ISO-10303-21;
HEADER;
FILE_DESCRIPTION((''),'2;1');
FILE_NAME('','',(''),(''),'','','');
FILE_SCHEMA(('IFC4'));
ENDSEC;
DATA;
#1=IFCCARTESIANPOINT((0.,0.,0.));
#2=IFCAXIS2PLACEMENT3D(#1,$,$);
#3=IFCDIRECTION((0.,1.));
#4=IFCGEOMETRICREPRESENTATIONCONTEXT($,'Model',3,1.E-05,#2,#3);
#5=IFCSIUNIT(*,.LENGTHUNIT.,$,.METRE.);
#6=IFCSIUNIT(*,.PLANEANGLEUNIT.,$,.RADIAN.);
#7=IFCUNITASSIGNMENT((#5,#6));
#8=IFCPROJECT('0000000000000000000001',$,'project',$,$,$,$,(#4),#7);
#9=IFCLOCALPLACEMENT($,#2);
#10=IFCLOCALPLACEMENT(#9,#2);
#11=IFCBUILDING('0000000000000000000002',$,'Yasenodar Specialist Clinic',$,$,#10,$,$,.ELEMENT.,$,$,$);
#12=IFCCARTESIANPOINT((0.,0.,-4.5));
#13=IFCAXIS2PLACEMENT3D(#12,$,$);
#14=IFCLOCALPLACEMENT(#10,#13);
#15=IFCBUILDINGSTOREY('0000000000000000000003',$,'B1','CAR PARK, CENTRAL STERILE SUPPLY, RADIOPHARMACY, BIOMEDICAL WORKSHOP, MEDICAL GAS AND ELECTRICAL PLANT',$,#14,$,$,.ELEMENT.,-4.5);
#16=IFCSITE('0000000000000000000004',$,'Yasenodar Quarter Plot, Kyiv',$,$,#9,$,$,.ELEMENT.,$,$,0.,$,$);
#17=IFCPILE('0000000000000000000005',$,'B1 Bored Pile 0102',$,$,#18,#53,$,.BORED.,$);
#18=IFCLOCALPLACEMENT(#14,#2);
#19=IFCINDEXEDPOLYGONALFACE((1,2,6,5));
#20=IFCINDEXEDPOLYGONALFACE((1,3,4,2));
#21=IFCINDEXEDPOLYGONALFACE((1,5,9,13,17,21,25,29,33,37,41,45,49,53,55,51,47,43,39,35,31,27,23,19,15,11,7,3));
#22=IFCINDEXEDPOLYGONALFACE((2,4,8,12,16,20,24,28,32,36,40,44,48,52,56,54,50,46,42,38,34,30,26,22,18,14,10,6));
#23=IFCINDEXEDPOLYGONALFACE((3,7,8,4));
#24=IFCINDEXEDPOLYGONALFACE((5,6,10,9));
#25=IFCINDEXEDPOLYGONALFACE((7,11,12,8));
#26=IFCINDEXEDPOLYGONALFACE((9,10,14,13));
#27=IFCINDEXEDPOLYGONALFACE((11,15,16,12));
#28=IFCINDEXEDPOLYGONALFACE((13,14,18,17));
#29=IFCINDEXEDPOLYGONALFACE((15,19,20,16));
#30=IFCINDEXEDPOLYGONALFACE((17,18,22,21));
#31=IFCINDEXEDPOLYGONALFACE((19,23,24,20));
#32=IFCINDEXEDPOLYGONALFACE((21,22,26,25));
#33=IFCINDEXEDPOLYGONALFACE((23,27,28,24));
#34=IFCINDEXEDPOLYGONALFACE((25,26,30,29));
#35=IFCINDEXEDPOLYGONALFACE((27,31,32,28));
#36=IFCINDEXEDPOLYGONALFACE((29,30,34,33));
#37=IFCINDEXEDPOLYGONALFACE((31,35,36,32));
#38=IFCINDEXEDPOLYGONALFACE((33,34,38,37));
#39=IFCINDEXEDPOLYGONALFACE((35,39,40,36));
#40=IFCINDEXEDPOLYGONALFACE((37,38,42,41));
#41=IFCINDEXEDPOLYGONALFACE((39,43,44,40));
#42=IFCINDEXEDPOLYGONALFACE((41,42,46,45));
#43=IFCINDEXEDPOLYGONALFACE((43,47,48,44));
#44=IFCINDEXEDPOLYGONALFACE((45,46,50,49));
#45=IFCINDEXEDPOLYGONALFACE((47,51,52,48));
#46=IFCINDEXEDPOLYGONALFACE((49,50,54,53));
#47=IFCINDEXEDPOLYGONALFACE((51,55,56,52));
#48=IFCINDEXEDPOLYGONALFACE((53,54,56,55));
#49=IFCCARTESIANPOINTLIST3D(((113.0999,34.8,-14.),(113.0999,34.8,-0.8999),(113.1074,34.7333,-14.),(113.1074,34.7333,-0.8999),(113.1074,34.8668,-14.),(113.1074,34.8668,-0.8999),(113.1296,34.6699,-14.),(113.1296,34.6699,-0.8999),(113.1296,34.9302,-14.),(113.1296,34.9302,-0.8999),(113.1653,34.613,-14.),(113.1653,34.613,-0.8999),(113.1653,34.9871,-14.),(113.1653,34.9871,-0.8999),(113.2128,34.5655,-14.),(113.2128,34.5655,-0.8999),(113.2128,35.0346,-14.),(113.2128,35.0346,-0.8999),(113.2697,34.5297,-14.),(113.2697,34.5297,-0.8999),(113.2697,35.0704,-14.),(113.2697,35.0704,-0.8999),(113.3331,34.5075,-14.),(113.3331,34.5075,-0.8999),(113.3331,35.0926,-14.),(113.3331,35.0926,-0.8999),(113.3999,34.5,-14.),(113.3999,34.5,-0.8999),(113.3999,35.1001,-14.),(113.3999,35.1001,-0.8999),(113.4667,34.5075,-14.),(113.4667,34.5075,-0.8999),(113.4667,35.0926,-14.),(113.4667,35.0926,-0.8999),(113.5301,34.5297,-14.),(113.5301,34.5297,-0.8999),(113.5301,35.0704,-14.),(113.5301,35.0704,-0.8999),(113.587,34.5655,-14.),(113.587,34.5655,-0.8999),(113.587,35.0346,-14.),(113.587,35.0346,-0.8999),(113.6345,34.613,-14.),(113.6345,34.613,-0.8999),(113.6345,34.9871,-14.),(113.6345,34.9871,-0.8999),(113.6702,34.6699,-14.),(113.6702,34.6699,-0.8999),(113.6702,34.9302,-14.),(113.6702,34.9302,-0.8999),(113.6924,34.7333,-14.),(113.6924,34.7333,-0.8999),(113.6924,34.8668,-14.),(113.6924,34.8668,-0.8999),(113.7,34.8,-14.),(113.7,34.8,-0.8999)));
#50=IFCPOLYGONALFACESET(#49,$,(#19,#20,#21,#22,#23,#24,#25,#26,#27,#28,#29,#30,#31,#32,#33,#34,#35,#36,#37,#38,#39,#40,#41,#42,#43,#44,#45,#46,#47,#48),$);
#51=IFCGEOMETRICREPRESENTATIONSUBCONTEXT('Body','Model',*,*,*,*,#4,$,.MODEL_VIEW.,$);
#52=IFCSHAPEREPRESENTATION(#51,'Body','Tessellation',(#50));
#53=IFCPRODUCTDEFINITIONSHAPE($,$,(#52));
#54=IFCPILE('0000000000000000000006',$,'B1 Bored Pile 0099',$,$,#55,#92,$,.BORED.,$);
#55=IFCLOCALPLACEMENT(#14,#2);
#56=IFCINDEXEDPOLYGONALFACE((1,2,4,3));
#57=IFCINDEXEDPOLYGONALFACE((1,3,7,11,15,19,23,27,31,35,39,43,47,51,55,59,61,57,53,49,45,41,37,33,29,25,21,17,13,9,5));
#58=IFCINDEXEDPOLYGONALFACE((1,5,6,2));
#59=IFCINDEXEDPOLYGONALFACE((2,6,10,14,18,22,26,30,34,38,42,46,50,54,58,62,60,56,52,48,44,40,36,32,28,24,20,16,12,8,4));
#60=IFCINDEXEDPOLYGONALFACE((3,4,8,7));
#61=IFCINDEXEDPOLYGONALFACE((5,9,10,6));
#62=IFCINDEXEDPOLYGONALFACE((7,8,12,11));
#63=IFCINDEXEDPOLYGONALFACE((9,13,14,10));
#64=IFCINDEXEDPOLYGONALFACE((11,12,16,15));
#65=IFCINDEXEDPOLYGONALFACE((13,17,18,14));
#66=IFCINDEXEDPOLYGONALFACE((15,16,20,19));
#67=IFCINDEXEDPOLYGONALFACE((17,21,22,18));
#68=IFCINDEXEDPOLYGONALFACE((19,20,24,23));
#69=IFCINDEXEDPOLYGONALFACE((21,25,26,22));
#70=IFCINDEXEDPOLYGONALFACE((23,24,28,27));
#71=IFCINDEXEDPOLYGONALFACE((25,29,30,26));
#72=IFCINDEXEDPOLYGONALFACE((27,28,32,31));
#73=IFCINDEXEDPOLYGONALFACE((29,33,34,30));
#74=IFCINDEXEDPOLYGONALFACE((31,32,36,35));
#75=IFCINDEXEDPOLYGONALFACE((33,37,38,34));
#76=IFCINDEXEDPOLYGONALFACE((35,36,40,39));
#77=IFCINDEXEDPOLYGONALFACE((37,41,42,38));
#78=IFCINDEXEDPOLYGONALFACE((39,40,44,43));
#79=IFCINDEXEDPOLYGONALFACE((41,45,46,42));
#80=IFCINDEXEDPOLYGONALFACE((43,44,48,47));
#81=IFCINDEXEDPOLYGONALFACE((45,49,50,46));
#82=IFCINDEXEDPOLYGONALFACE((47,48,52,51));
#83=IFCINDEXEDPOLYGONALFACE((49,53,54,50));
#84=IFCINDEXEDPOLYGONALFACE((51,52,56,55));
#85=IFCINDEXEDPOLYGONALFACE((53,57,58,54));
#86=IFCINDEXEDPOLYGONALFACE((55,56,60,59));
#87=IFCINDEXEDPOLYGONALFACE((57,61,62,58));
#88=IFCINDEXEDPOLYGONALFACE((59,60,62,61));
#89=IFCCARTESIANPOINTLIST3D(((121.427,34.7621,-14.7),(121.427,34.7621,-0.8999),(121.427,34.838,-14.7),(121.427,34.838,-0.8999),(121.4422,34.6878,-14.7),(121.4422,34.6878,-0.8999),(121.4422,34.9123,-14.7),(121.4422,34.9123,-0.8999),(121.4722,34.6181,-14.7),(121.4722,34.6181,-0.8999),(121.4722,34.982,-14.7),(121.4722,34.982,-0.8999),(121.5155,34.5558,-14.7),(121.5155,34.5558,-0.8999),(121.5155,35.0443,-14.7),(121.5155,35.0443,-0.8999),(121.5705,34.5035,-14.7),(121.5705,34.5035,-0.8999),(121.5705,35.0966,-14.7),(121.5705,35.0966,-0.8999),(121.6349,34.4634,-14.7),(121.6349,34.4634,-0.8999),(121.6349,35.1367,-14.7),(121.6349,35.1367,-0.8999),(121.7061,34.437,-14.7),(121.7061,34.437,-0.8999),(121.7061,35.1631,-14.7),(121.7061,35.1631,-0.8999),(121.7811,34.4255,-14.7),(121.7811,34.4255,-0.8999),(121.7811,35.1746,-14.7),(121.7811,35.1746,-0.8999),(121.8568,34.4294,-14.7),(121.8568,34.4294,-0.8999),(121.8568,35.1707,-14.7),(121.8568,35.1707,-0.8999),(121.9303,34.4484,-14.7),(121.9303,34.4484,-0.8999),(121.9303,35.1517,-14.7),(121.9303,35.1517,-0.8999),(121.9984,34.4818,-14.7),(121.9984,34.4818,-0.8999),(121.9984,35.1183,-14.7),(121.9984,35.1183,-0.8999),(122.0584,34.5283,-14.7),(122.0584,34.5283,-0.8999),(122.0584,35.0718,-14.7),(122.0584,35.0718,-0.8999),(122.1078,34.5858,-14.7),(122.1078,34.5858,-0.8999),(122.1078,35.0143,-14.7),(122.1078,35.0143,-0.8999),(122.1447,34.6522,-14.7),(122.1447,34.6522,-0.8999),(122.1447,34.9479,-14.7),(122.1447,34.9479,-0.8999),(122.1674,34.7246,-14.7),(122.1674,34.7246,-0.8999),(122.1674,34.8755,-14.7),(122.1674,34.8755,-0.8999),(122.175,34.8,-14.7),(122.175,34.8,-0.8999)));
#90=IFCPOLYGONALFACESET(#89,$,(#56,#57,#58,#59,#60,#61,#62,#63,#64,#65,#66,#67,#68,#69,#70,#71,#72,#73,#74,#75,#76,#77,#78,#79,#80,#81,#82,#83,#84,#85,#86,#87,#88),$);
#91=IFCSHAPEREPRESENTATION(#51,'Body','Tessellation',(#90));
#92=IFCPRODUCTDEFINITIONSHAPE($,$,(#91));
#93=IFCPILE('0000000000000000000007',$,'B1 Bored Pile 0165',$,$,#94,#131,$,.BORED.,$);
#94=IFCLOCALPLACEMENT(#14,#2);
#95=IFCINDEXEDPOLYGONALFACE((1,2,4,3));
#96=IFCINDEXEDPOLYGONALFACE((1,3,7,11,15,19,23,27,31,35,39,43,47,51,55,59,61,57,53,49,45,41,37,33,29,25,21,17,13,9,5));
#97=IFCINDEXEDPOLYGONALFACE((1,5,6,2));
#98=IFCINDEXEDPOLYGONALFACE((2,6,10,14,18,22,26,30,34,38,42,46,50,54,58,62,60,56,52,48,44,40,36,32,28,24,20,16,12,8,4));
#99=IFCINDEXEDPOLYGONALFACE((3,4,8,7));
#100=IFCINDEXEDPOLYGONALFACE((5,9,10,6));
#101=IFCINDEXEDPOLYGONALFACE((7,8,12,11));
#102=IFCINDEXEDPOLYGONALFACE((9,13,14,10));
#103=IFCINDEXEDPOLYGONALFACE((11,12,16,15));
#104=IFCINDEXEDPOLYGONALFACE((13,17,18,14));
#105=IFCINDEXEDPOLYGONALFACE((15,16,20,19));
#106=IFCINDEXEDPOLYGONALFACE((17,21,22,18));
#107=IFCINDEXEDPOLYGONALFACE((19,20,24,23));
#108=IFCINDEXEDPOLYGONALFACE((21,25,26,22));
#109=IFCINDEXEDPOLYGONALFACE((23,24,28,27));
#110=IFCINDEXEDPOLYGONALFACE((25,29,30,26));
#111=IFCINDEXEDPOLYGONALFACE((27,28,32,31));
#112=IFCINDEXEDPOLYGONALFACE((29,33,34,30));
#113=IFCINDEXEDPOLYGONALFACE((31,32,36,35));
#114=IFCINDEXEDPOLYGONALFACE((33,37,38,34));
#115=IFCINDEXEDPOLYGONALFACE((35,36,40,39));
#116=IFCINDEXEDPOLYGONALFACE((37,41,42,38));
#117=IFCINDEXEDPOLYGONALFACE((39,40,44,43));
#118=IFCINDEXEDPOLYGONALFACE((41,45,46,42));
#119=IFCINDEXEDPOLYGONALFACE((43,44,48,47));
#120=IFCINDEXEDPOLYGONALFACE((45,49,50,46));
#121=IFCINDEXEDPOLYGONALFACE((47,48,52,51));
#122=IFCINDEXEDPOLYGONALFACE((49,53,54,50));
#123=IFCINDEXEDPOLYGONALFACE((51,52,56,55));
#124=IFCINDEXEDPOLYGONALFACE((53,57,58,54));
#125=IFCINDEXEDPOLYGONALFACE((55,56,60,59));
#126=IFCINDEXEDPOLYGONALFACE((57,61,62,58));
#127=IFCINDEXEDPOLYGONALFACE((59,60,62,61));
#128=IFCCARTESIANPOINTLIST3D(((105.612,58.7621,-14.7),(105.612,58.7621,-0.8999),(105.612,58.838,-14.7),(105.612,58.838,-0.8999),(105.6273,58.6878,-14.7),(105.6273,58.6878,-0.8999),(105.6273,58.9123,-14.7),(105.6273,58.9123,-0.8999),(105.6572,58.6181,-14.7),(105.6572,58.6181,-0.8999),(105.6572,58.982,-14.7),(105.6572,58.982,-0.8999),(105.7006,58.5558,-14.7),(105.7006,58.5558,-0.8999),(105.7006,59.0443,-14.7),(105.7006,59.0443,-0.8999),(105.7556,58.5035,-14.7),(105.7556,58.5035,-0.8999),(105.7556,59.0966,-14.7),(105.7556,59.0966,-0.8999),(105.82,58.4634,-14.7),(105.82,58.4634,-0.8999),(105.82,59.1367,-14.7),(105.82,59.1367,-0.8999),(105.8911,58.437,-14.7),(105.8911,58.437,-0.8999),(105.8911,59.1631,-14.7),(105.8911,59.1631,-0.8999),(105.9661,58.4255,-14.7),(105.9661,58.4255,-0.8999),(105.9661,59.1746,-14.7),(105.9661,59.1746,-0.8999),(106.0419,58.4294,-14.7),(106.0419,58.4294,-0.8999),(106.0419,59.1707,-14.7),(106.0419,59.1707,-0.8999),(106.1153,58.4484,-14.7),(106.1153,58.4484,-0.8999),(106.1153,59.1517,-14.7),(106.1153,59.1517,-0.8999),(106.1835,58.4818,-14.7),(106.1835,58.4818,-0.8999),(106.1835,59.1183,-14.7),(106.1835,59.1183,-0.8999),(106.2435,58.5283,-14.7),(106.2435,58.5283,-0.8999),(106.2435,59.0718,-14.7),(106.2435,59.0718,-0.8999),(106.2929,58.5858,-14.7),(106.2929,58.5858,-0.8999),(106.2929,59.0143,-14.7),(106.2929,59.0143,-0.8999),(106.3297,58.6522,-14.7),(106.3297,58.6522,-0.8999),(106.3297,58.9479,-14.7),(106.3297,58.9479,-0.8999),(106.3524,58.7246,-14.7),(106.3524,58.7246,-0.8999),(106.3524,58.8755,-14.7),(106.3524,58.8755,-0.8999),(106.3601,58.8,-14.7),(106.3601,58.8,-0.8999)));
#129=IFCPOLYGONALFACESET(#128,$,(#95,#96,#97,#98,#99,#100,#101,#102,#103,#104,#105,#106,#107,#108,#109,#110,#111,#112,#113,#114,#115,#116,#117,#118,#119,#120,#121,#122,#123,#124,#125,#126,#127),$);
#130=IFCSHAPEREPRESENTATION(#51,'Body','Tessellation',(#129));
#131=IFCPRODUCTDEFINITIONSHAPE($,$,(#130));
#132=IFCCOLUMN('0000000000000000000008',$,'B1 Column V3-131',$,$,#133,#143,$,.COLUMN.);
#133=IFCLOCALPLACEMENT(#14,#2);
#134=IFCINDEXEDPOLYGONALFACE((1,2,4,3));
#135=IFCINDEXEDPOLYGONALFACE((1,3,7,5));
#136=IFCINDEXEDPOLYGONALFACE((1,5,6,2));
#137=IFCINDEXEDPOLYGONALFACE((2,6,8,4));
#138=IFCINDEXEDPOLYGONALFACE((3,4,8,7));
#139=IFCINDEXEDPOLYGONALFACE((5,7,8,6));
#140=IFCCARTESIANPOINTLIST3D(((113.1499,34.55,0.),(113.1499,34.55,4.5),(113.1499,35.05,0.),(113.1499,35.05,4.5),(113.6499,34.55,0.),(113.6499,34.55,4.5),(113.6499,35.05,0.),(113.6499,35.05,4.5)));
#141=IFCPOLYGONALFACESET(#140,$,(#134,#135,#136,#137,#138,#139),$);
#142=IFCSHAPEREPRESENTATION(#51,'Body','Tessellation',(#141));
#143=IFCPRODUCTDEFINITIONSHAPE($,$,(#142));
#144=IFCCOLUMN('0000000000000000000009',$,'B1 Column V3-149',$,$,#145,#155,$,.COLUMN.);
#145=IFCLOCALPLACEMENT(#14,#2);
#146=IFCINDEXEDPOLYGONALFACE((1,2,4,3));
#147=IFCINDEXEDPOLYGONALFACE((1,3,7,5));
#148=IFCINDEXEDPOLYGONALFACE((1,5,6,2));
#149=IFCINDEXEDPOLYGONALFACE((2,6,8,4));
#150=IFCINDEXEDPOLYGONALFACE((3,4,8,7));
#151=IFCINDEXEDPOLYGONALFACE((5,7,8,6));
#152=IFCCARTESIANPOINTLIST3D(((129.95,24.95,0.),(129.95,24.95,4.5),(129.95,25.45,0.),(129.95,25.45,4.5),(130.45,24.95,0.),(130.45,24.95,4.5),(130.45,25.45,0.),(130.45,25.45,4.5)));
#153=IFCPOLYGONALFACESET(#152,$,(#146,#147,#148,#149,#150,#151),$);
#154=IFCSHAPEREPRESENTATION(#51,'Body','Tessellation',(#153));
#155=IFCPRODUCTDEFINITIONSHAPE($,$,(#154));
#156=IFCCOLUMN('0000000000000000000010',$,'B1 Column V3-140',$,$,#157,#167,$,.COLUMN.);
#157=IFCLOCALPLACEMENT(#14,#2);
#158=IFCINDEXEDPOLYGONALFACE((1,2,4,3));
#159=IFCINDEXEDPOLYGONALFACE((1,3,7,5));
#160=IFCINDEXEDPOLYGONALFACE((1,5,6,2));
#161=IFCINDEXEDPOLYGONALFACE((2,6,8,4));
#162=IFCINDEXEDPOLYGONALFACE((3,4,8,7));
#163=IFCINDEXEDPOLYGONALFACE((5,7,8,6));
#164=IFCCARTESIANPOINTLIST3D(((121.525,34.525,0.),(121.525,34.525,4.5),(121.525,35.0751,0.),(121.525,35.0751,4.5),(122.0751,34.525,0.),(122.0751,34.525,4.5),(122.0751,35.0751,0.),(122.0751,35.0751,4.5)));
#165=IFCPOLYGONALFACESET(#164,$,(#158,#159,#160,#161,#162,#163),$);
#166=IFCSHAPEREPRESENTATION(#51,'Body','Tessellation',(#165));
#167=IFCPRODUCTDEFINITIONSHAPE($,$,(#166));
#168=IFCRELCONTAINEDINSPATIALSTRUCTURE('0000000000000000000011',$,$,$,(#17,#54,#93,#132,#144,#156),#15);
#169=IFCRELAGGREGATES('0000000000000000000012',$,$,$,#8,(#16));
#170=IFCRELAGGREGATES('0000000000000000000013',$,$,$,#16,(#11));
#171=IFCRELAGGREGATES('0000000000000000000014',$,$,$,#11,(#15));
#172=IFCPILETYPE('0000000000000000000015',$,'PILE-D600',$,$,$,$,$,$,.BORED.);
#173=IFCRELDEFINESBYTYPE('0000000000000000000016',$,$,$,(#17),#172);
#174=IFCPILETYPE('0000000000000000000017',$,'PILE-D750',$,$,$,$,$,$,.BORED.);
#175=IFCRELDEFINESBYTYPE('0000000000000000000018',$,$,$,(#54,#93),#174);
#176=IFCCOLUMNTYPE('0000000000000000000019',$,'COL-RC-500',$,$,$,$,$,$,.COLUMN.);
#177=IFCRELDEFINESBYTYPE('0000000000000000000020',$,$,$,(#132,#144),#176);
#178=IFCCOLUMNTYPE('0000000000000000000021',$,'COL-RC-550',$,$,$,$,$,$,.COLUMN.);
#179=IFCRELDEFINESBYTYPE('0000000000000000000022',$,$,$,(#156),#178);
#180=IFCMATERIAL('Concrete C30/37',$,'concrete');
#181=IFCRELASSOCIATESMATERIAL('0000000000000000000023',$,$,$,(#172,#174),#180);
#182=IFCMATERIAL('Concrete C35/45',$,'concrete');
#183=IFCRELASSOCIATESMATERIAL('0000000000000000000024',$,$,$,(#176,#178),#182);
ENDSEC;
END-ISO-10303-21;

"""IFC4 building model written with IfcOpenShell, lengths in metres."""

from ifc_helpers import new_model, si_unit, direction, frame, origin, origin_2d, place, context, subcontext, project, spatial, rectangle, circle, extrude, material, material_profile, profile_set, type_object, element, save


model = new_model("IFC4")

# Units and contexts
model_context = context("Model", 3, precision=1e-05, world=origin(), true_north=direction((0.0, 1.0)))
body_context = subcontext(model_context, "Body", "Model", "MODEL_VIEW")
ifc_project = project(units=[si_unit("LENGTHUNIT", "METRE"), si_unit("PLANEANGLEUNIT", "RADIAN")], contexts=[model_context])

# Site, building, storey
site_placement = place(None, origin())
site = spatial("IfcSite", under=ifc_project, at=site_placement, Name="Yasenodar Quarter Plot, Kyiv", CompositionType="ELEMENT", RefElevation=0.0)
building_placement = place(site_placement, origin())
building = spatial("IfcBuilding", under=site, at=building_placement, Name="Yasenodar Specialist Clinic", CompositionType="ELEMENT")
storey_placement = place(building_placement, frame((0.0, 0.0, -4.5)))
storey = spatial("IfcBuildingStorey", under=building, at=storey_placement, Name="B1", Description="CAR PARK, CENTRAL STERILE SUPPLY, RADIOPHARMACY, BIOMEDICAL WORKSHOP, MEDICAL GAS AND ELECTRICAL PLANT", CompositionType="ELEMENT", Elevation=-4.5)

# Shared definitions
ifc_material_1 = material(Name="Concrete C35/45", Category="concrete")

# Piles
ifc_material_2 = material(Name="Concrete C30/37", Category="concrete")
ifc_material_profile_1 = material_profile(ifc_material_2, circle(Radius=0.3, at=origin_2d()), Name="PILE D600")
ifc_profile_set_1 = profile_set([ifc_material_profile_1], Name="Concrete C30/37")
pile_type_1 = type_object("IfcPileType", Name="PILE-D600", PredefinedType="BORED", material=ifc_profile_set_1)
for number, where, z_axis, x_axis, name in (
    (1, (113.3999, 34.8, -0.8999), (0.0, 0.0, -1.0), (1.0, 0.0, 0.0), "B1 Bored Pile 0102"),
):
    element("IfcPile", number, at=place(storey_placement, frame(where, z_axis=z_axis, x_axis=x_axis)), inside=storey, type_object=pile_type_1, Name=name, PredefinedType="BORED", context=body_context, shape_type="SweptSolid", body=[
        extrude(circle(Radius=0.3, at=origin_2d()), origin(), (0.0, 0.0, 1.0), 13.1001),
    ])
ifc_material_profile_2 = material_profile(ifc_material_2, circle(Radius=0.375, at=origin_2d()), Name="PILE D750")
ifc_profile_set_2 = profile_set([ifc_material_profile_2], Name="Concrete C30/37")
pile_type_2 = type_object("IfcPileType", Name="PILE-D750", PredefinedType="BORED", material=ifc_profile_set_2)
for number, where, z_axis, x_axis, name in (
    (2, (121.8, 34.8, -0.8999), (0.0, 0.0, -1.0), (1.0, 0.0, 0.0), "B1 Bored Pile 0099"),
    (3, (105.9851, 58.8, -0.8999), (0.0, 0.0, -1.0), (1.0, 0.0, 0.0), "B1 Bored Pile 0165"),
):
    element("IfcPile", number, at=place(storey_placement, frame(where, z_axis=z_axis, x_axis=x_axis)), inside=storey, type_object=pile_type_2, Name=name, PredefinedType="BORED", context=body_context, shape_type="SweptSolid", body=[
        extrude(circle(Radius=0.375, at=origin_2d()), origin(), (0.0, 0.0, 1.0), 13.8),
    ])

# Columns
ifc_material_profile_3 = material_profile(ifc_material_1, rectangle(XDim=0.5, YDim=0.5, at=origin_2d()), Name="RC 500x500")
ifc_profile_set_3 = profile_set([ifc_material_profile_3], Name="Concrete C35/45")
column_type_1 = type_object("IfcColumnType", Name="COL-RC-500", PredefinedType="COLUMN", material=ifc_profile_set_3)
for number, where, z_axis, x_axis, name in (
    (4, (113.3999, 34.8, 0.0), (0.0, 0.0, 1.0), (1.0, 0.0, 0.0), "B1 Column V3-131"),
    (5, (130.2, 25.2, 0.0), (0.0, 0.0, 1.0), (1.0, 0.0, 0.0), "B1 Column V3-149"),
):
    element("IfcColumn", number, at=place(storey_placement, frame(where, z_axis=z_axis, x_axis=x_axis)), inside=storey, type_object=column_type_1, Name=name, PredefinedType="COLUMN", context=body_context, shape_type="SweptSolid", body=[
        extrude(rectangle(XDim=0.5, YDim=0.5, at=origin_2d()), origin(), (0.0, 0.0, 1.0), 4.5),
    ])
ifc_material_profile_4 = material_profile(ifc_material_1, rectangle(XDim=0.55, YDim=0.55, at=origin_2d()), Name="RC 550x550")
ifc_profile_set_4 = profile_set([ifc_material_profile_4], Name="Concrete C35/45")
column_type_2 = type_object("IfcColumnType", Name="COL-RC-550", PredefinedType="COLUMN", material=ifc_profile_set_4)
column_1_placement = place(storey_placement, frame((121.8, 34.8, 0.0), z_axis=(0.0, 0.0, 1.0), x_axis=(1.0, 0.0, 0.0)))
element("IfcColumn", 6, at=column_1_placement, inside=storey, type_object=column_type_2, Name="B1 Column V3-140", PredefinedType="COLUMN", context=body_context, shape_type="SweptSolid", body=[
    extrude(rectangle(XDim=0.55, YDim=0.55, at=origin_2d()), origin(), (0.0, 0.0, 1.0), 4.5),
])

save(model, "model.ifc")
